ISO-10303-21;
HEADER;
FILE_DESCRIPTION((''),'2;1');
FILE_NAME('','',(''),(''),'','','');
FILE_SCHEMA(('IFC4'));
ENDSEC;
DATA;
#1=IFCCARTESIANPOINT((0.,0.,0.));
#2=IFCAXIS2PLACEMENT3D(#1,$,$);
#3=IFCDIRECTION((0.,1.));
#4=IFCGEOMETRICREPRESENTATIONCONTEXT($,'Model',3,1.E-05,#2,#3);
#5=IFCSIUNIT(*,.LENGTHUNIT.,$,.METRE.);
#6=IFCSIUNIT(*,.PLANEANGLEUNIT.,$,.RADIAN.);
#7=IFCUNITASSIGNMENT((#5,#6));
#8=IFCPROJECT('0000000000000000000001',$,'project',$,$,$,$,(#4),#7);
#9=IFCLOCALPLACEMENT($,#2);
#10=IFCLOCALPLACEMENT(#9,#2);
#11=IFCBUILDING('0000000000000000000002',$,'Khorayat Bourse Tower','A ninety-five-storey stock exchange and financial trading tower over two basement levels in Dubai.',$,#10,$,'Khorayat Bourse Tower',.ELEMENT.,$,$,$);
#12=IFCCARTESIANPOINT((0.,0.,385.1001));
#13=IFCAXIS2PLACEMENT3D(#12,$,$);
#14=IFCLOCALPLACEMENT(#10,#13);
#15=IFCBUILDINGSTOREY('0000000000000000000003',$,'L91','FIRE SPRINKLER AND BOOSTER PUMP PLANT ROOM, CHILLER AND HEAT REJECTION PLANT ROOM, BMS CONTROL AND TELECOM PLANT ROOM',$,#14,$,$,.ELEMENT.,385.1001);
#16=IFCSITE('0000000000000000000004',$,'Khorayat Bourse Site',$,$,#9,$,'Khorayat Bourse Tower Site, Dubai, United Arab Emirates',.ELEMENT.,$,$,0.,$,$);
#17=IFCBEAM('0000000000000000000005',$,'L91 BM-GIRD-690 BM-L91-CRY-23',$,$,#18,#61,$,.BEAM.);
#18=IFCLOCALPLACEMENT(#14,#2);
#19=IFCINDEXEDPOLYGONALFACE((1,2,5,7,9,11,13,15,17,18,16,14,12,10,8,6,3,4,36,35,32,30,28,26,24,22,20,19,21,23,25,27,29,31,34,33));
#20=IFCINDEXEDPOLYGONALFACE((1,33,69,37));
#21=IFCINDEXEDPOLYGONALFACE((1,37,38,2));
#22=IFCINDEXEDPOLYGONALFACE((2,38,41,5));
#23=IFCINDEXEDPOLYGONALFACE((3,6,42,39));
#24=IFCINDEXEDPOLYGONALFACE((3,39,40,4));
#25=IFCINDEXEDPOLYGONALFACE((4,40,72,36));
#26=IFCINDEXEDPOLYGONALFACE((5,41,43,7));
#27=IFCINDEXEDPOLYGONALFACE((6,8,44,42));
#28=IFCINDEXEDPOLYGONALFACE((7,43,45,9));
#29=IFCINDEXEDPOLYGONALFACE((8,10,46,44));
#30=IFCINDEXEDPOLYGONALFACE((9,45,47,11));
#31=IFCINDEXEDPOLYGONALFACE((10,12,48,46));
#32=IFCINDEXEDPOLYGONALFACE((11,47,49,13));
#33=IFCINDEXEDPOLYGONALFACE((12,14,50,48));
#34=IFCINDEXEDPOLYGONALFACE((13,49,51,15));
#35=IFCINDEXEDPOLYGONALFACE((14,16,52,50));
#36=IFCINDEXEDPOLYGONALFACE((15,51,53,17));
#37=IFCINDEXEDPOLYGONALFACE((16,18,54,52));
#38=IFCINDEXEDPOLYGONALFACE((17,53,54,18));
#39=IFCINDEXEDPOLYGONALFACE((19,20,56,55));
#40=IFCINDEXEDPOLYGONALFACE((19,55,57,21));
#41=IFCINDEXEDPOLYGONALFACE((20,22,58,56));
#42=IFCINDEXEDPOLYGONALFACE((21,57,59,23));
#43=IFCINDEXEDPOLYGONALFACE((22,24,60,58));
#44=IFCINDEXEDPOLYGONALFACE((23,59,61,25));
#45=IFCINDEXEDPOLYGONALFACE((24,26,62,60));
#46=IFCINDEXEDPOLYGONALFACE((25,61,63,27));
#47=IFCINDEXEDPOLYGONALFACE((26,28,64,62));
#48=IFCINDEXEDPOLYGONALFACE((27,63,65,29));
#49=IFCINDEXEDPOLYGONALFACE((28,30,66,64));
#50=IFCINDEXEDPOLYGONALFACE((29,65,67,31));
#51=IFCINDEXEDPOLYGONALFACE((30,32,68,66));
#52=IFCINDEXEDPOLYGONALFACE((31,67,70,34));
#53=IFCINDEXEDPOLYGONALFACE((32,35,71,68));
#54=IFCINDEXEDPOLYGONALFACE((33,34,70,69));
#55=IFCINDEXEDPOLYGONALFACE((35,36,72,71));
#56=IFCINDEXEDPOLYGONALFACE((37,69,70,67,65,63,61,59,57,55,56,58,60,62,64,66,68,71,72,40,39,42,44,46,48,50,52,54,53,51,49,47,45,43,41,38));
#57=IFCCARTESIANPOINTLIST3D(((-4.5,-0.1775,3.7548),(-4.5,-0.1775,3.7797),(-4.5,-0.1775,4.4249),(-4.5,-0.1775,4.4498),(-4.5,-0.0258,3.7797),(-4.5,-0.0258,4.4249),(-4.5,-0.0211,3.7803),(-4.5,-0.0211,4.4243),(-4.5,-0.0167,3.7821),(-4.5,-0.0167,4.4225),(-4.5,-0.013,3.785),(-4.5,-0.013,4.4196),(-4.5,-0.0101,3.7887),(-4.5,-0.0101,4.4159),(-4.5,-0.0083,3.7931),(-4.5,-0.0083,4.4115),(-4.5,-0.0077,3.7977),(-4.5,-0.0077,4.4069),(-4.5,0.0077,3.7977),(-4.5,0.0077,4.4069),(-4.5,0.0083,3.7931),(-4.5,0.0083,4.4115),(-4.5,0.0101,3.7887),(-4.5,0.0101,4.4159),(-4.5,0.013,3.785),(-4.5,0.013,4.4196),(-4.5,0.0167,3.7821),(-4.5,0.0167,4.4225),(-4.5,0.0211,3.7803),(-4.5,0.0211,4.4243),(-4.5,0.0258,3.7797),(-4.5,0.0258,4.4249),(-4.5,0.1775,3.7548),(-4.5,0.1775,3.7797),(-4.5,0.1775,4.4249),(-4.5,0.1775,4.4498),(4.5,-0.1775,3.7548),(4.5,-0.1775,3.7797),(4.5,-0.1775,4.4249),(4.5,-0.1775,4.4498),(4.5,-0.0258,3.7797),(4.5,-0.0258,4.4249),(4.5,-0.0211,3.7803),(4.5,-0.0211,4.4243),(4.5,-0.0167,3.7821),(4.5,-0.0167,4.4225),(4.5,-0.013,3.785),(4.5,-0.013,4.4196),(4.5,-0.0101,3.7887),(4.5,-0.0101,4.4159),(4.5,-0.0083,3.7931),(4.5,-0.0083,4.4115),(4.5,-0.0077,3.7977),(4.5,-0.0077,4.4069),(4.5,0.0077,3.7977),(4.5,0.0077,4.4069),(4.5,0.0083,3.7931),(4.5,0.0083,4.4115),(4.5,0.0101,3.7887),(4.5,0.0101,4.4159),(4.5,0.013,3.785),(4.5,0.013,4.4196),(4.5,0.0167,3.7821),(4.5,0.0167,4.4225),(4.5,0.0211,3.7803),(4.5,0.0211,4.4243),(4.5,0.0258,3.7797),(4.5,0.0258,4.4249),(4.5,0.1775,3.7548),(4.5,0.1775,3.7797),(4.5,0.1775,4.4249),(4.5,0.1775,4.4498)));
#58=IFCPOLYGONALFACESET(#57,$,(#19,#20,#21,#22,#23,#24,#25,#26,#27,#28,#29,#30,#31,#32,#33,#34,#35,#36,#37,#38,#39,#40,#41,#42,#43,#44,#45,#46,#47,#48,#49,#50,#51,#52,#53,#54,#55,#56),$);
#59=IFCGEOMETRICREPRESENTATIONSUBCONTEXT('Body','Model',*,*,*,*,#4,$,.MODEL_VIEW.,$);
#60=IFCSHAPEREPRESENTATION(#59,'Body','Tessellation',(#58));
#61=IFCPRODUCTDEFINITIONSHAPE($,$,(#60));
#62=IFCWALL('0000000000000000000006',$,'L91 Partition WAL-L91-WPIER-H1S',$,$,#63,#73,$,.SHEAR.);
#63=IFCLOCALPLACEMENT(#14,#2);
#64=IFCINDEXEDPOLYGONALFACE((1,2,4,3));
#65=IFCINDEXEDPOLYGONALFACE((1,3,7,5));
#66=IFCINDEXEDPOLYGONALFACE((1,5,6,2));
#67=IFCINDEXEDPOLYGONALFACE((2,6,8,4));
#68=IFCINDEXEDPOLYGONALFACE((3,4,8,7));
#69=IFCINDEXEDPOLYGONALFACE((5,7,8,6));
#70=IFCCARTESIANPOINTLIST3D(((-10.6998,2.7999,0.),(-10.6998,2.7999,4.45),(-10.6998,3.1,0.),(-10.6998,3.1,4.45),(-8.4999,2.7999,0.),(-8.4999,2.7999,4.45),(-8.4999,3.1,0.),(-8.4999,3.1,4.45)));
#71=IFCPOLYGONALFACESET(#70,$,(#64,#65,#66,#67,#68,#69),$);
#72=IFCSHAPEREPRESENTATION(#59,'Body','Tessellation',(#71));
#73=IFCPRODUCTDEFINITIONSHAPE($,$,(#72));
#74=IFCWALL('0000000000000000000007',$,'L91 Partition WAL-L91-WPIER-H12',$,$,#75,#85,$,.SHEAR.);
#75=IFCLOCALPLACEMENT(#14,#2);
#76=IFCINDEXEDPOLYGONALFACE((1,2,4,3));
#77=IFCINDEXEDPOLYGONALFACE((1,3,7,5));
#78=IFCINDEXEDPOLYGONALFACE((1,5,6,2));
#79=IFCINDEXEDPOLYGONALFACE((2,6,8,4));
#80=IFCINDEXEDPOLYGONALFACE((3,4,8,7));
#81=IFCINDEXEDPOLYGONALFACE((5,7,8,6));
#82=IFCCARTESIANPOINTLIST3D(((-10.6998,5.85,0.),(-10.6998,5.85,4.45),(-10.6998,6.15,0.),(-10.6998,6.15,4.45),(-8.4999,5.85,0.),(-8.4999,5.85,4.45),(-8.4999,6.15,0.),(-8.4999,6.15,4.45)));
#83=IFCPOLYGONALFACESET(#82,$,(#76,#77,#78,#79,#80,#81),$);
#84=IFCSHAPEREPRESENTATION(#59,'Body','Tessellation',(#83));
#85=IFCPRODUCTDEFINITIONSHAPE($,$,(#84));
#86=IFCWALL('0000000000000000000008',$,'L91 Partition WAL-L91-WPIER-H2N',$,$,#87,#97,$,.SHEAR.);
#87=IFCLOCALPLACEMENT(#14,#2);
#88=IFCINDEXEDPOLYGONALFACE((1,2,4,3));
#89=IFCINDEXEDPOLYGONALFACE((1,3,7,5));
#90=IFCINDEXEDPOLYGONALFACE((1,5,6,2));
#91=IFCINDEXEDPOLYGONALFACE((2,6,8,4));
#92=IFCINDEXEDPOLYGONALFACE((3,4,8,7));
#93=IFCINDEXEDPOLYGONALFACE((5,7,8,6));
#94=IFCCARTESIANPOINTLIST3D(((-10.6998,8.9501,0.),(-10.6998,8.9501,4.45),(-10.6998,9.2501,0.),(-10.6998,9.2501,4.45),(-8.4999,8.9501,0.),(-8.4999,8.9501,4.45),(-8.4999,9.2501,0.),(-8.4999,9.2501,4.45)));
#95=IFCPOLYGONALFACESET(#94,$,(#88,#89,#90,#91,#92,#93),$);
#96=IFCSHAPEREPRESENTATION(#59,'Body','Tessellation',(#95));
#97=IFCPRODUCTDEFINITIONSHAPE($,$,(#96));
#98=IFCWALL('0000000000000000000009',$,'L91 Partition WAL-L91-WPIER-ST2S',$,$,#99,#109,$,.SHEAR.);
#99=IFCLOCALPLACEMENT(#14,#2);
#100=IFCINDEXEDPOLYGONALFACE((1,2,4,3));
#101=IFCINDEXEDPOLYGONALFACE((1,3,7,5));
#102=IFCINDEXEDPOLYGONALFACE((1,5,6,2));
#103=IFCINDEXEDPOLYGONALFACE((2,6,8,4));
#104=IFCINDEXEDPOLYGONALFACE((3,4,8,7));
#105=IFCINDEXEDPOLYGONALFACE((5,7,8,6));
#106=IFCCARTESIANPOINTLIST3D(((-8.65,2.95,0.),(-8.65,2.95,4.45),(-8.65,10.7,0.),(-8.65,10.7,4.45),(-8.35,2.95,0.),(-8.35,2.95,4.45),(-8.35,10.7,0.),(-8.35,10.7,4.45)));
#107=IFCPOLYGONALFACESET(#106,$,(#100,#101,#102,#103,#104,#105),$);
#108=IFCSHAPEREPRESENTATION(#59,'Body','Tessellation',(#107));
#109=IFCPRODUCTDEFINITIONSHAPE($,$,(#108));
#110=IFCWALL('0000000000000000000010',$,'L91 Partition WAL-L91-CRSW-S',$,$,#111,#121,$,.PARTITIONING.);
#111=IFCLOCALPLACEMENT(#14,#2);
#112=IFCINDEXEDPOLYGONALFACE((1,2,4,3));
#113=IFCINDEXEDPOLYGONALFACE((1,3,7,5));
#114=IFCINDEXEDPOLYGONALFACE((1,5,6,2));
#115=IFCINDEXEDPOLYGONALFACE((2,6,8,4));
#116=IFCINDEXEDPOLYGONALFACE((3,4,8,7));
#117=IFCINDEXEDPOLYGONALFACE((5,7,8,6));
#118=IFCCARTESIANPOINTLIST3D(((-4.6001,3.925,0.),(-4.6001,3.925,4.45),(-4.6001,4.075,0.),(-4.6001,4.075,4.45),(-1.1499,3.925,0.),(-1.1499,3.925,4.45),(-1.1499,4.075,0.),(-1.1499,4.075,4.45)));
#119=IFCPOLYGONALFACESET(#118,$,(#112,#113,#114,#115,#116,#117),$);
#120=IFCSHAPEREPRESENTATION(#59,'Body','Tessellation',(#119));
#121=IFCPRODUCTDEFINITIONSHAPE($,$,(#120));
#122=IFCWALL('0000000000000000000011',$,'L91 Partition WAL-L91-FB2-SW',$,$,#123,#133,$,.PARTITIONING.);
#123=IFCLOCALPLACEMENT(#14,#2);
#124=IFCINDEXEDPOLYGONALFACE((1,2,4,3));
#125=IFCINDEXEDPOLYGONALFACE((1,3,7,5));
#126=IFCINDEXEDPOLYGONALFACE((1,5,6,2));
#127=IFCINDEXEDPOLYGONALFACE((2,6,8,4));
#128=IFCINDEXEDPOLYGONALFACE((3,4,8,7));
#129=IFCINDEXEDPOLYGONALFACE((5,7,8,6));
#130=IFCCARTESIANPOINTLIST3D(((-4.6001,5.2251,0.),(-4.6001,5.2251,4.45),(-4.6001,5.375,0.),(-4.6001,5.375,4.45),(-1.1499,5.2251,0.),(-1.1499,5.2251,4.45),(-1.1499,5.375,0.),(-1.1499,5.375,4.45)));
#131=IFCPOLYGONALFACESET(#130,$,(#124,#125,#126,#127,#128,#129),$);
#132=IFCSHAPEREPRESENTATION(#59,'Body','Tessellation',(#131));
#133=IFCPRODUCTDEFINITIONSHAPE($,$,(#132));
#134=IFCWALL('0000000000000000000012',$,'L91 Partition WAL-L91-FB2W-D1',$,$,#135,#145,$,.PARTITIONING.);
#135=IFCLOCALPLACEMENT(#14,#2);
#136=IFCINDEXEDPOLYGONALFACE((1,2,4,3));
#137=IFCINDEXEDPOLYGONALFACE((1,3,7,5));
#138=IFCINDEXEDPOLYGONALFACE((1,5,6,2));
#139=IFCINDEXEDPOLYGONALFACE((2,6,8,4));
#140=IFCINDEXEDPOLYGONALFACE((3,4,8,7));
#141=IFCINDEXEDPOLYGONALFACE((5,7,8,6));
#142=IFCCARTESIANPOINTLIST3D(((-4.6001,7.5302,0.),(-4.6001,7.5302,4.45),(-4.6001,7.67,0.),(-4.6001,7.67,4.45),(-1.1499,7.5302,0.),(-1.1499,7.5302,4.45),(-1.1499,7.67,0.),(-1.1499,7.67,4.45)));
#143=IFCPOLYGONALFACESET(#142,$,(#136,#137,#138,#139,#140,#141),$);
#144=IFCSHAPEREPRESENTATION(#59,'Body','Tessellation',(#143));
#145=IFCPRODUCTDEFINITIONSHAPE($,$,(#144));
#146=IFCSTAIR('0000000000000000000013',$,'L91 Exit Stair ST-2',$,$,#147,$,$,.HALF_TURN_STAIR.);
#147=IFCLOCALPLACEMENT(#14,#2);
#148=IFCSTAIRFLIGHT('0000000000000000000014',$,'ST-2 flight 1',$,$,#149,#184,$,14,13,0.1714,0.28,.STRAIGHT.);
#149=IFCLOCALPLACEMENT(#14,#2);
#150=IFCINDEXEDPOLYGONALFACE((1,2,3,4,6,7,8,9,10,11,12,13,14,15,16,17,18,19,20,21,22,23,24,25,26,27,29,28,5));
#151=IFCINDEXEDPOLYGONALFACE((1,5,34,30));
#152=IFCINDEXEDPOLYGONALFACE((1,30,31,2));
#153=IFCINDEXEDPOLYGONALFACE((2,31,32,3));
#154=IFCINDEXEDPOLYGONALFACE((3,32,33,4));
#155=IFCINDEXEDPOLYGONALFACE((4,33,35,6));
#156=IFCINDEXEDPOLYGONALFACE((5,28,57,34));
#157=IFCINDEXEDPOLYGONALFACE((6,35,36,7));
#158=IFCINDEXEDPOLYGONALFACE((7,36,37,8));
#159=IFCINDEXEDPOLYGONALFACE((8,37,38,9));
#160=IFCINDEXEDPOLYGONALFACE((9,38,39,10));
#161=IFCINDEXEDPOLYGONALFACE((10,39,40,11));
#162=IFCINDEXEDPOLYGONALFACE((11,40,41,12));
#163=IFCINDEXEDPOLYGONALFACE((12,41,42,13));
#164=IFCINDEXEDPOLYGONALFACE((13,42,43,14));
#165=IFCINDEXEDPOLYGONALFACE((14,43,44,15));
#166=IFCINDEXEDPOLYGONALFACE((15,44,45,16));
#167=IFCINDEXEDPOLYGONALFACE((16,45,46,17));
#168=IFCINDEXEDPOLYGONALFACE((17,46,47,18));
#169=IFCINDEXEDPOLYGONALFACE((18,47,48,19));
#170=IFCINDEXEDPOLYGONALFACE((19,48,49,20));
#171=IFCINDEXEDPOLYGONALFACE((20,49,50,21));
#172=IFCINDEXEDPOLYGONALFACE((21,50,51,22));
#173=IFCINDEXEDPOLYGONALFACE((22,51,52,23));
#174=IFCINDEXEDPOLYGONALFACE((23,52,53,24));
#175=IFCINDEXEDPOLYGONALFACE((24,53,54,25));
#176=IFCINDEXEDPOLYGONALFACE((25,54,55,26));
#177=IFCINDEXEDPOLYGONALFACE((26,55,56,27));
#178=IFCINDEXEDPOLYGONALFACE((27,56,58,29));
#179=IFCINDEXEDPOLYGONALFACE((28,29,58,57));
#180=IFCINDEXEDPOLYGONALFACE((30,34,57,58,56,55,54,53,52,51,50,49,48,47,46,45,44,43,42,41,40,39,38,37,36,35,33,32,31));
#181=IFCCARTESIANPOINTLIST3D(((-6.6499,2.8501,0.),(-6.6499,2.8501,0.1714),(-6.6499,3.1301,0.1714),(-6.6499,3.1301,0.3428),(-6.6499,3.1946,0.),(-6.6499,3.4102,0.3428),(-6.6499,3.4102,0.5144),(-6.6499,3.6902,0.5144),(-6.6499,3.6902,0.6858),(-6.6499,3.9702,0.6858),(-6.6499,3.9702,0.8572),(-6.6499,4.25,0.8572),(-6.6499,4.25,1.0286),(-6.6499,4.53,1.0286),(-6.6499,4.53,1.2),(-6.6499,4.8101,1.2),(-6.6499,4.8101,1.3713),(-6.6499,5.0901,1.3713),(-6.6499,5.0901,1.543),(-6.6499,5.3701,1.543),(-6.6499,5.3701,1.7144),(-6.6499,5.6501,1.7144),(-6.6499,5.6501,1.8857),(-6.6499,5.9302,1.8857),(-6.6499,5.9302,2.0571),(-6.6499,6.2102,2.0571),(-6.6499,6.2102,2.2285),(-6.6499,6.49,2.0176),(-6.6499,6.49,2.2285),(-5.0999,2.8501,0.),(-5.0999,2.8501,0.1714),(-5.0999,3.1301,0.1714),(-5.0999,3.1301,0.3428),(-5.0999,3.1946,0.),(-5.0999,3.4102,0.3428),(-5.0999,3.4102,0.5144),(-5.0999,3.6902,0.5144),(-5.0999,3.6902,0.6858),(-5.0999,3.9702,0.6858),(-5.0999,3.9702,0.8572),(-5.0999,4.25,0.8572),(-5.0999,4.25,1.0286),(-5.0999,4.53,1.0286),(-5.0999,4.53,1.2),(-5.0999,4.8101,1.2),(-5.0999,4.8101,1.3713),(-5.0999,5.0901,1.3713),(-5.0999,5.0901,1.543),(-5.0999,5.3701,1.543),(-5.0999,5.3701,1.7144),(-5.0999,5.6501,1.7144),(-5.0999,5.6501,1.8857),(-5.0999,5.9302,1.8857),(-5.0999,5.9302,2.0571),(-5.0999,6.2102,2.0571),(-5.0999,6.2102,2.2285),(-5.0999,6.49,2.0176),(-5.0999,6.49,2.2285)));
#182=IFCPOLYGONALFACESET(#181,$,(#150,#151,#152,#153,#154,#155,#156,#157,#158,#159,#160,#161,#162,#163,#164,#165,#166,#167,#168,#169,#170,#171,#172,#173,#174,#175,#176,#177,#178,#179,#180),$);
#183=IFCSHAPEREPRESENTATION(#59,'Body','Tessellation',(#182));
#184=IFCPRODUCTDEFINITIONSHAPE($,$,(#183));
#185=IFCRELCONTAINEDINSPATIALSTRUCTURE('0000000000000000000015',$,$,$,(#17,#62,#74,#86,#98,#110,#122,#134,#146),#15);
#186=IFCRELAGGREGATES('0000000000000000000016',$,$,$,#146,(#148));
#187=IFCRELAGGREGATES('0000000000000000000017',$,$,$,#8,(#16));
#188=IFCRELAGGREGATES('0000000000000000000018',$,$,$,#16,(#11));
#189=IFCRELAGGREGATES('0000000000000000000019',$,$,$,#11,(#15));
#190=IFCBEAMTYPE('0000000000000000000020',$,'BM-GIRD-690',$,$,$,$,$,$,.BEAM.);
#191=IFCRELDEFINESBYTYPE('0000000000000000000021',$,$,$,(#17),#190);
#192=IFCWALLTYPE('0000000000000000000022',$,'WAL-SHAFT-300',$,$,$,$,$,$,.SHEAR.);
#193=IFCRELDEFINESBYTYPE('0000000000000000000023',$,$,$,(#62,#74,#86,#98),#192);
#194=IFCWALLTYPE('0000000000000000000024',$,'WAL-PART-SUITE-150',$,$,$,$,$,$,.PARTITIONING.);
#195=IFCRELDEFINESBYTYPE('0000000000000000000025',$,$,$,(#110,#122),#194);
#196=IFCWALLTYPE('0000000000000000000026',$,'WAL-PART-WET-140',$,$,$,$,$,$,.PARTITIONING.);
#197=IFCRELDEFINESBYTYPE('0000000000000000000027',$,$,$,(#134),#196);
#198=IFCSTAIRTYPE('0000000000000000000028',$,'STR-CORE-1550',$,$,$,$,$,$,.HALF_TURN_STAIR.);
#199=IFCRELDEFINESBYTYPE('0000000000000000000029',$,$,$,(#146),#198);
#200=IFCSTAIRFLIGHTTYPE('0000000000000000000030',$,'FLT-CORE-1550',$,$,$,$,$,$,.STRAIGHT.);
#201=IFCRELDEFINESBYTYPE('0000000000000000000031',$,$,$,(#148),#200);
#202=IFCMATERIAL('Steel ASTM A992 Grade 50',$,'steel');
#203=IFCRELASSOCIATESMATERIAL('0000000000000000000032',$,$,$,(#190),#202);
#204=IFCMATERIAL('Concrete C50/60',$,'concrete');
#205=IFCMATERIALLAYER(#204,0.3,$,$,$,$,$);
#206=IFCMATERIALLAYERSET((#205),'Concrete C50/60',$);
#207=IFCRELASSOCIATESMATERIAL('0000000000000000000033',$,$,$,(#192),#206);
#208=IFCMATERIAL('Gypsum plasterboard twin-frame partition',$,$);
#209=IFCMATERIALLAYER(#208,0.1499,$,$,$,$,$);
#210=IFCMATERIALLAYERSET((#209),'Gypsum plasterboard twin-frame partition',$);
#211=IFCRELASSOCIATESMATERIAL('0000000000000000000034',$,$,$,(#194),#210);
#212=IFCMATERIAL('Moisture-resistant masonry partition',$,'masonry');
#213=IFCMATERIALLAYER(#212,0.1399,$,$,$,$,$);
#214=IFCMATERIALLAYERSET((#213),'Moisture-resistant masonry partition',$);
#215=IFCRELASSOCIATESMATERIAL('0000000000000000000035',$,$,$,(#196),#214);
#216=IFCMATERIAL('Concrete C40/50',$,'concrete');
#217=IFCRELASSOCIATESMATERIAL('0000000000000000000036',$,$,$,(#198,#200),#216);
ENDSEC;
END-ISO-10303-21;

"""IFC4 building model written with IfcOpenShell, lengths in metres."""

from ifc_helpers import new_model, si_unit, direction, frame, frame_2d, origin, origin_2d, place, context, subcontext, project, spatial, polyline, rectangle, i_section, outline, extrude, source, transform, mapped, material, layer, layer_set, material_profile, profile_set, type_object, element, aggregate, save


model = new_model("IFC4")

# Units and contexts
model_context = context("Model", 3, precision=1e-05, world=origin(), true_north=direction((0.0, 1.0)))
body_context = subcontext(model_context, "Body", "Model", "MODEL_VIEW")
ifc_project = project(units=[si_unit("LENGTHUNIT", "METRE"), si_unit("PLANEANGLEUNIT", "RADIAN")], contexts=[model_context])

# Site, building, storey
site_placement = place(None, origin())
site = spatial("IfcSite", under=ifc_project, at=site_placement, Name="Khorayat Bourse Site", LongName="Khorayat Bourse Tower Site, Dubai, United Arab Emirates", CompositionType="ELEMENT", RefElevation=0.0)
building_placement = place(site_placement, origin())
building = spatial("IfcBuilding", under=site, at=building_placement, Name="Khorayat Bourse Tower", Description="A ninety-five-storey stock exchange and financial trading tower over two basement levels in Dubai.", LongName="Khorayat Bourse Tower", CompositionType="ELEMENT")
storey_placement = place(building_placement, frame((0.0, 0.0, 385.1001)))
storey = spatial("IfcBuildingStorey", under=building, at=storey_placement, Name="L91", Description="FIRE SPRINKLER AND BOOSTER PUMP PLANT ROOM, CHILLER AND HEAT REJECTION PLANT ROOM, BMS CONTROL AND TELECOM PLANT ROOM", CompositionType="ELEMENT", Elevation=385.1001)

# Beam
ifc_material_1 = material(Name="Steel ASTM A992 Grade 50", Category="steel")
ifc_material_profile_1 = material_profile(ifc_material_1, i_section(OverallWidth=0.355, OverallDepth=0.6951, WebThickness=0.0154, FlangeThickness=0.0249, FilletRadius=0.0181, at=origin_2d()), Name="W690X217")
ifc_profile_set_1 = profile_set([ifc_material_profile_1], Name="Steel ASTM A992 Grade 50")
beam_type = type_object("IfcBeamType", Name="BM-GIRD-690", PredefinedType="BEAM", material=ifc_profile_set_1)
shared_shape_1 = source(origin(), body_context, "Body", "SweptSolid", [
    extrude(i_section(OverallWidth=0.355, OverallDepth=0.6951, WebThickness=0.0154, FlangeThickness=0.0249, FilletRadius=0.0181, at=origin_2d()), origin(), (0.0, 0.0, 1.0), 9.0),
])
beam_1_placement = place(storey_placement, frame((-4.5, 0.0, 4.1023), z_axis=(1.0, 0.0, 0.0), x_axis=(0.0, 1.0, 0.0)))
element("IfcBeam", 1, at=beam_1_placement, inside=storey, type_object=beam_type, Name="L91 BM-GIRD-690 BM-L91-CRY-23", PredefinedType="BEAM", context=body_context, shape_type="MappedRepresentation", body=[
    mapped(shared_shape_1, transform((0.0, 0.0, 0.0), scale=1.0)),
])

# Walls
ifc_material_2 = material(Name="Concrete C50/60", Category="concrete")
ifc_layer_1 = layer(ifc_material_2, 0.3)
ifc_layer_set_1 = layer_set([ifc_layer_1], Name="Concrete C50/60")
wall_type_1 = type_object("IfcWallType", Name="WAL-SHAFT-300", PredefinedType="SHEAR", material=ifc_layer_set_1)
shared_shape_2 = source(origin(), body_context, "Body", "SweptSolid", [
    extrude(rectangle(XDim=2.2, YDim=0.3, at=frame_2d((1.1001, 0.0))), origin(), (0.0, 0.0, 1.0), 4.45),
])
for number, where, z_axis, x_axis, name in (
    (2, (-10.7, 2.95, 0.0), (0.0, 0.0, 1.0), (1.0, 0.0, 0.0), "L91 Partition WAL-L91-WPIER-H1S"),
    (3, (-10.7, 6.0, 0.0), (0.0, 0.0, 1.0), (1.0, 0.0, 0.0), "L91 Partition WAL-L91-WPIER-H12"),
    (4, (-10.7, 9.1001, 0.0), (0.0, 0.0, 1.0), (1.0, 0.0, 0.0), "L91 Partition WAL-L91-WPIER-H2N"),
):
    element("IfcWall", number, at=place(storey_placement, frame(where, z_axis=z_axis, x_axis=x_axis)), inside=storey, type_object=wall_type_1, Name=name, PredefinedType="SHEAR", context=body_context, shape_type="MappedRepresentation", body=[
        mapped(shared_shape_2, transform((0.0, 0.0, 0.0), scale=1.0)),
    ])
shared_shape_3 = source(origin(), body_context, "Body", "SweptSolid", [
    extrude(rectangle(XDim=7.75, YDim=0.3, at=frame_2d((3.875, 0.0))), origin(), (0.0, 0.0, 1.0), 4.45),
])
wall_1_placement = place(storey_placement, frame((-8.5, 2.95, 0.0), z_axis=(0.0, 0.0, 1.0), x_axis=(0.0, 1.0, 0.0)))
element("IfcWall", 5, at=wall_1_placement, inside=storey, type_object=wall_type_1, Name="L91 Partition WAL-L91-WPIER-ST2S", PredefinedType="SHEAR", context=body_context, shape_type="MappedRepresentation", body=[
    mapped(shared_shape_3, transform((0.0, 0.0, 0.0), scale=1.0)),
])
ifc_material_3 = material(Name="Gypsum plasterboard twin-frame partition")
ifc_layer_2 = layer(ifc_material_3, 0.1499)
ifc_layer_set_2 = layer_set([ifc_layer_2], Name="Gypsum plasterboard twin-frame partition")
wall_type_2 = type_object("IfcWallType", Name="WAL-PART-SUITE-150", PredefinedType="PARTITIONING", material=ifc_layer_set_2)
shared_shape_4 = source(origin(), body_context, "Body", "SweptSolid", [
    extrude(rectangle(XDim=3.4502, YDim=0.1499, at=frame_2d((1.7251, 0.0))), origin(), (0.0, 0.0, 1.0), 4.45),
])
for number, where, z_axis, x_axis, name in (
    (6, (-4.6001, 4.0, 0.0), (0.0, 0.0, 1.0), (1.0, 0.0, 0.0), "L91 Partition WAL-L91-CRSW-S"),
    (7, (-4.6001, 5.3, 0.0), (0.0, 0.0, 1.0), (1.0, 0.0, 0.0), "L91 Partition WAL-L91-FB2-SW"),
):
    element("IfcWall", number, at=place(storey_placement, frame(where, z_axis=z_axis, x_axis=x_axis)), inside=storey, type_object=wall_type_2, Name=name, PredefinedType="PARTITIONING", context=body_context, shape_type="MappedRepresentation", body=[
        mapped(shared_shape_4, transform((0.0, 0.0, 0.0), scale=1.0)),
    ])
ifc_material_4 = material(Name="Moisture-resistant masonry partition", Category="masonry")
ifc_layer_3 = layer(ifc_material_4, 0.1399)
ifc_layer_set_3 = layer_set([ifc_layer_3], Name="Moisture-resistant masonry partition")
wall_type_3 = type_object("IfcWallType", Name="WAL-PART-WET-140", PredefinedType="PARTITIONING", material=ifc_layer_set_3)
shared_shape_5 = source(origin(), body_context, "Body", "SweptSolid", [
    extrude(rectangle(XDim=3.4502, YDim=0.1399, at=frame_2d((1.7251, 0.0))), origin(), (0.0, 0.0, 1.0), 4.45),
])
wall_2_placement = place(storey_placement, frame((-4.6001, 7.6001, 0.0), z_axis=(0.0, 0.0, 1.0), x_axis=(1.0, 0.0, 0.0)))
element("IfcWall", 8, at=wall_2_placement, inside=storey, type_object=wall_type_3, Name="L91 Partition WAL-L91-FB2W-D1", PredefinedType="PARTITIONING", context=body_context, shape_type="MappedRepresentation", body=[
    mapped(shared_shape_5, transform((0.0, 0.0, 0.0), scale=1.0)),
])

# Stair, stair flight
ifc_material_5 = material(Name="Concrete C40/50", Category="concrete")
stair_type = type_object("IfcStairType", Name="STR-CORE-1550", PredefinedType="HALF_TURN_STAIR", material=ifc_material_5)
stair_placement = place(storey_placement, origin())
stair = element("IfcStair", 9, at=stair_placement, inside=storey, type_object=stair_type, Name="L91 Exit Stair ST-2", PredefinedType="HALF_TURN_STAIR")
stair_flight_type = type_object("IfcStairFlightType", Name="FLT-CORE-1550", PredefinedType="STRAIGHT", material=ifc_material_5)
shared_shape_6 = source(origin(), body_context, "Body", "SweptSolid", [
    extrude(outline(polyline([(0.0, 0.0), (0.0, 0.1714), (0.28, 0.1714), (0.28, 0.3428), (0.5601, 0.3428), (0.5601, 0.5144), (0.8401, 0.5144), (0.8401, 0.6858), (1.1201, 0.6858), (1.1201, 0.8572), (1.3999, 0.8572), (1.3999, 1.0286), (1.6799, 1.0286), (1.6799, 1.2), (1.96, 1.2), (1.96, 1.3713), (2.24, 1.3713), (2.24, 1.543), (2.52, 1.543), (2.52, 1.7144), (2.8, 1.7144), (2.8, 1.8857), (3.0801, 1.8857), (3.0801, 2.0571), (3.3601, 2.0571), (3.3601, 2.2285), (3.6399, 2.2285), (3.6399, 2.3999), (3.6399, 2.0176), (0.3445, 0.0), (0.0, 0.0)])), frame((0.0, 0.7749, 0.0), z_axis=(0.0, -1.0, 0.0), x_axis=(1.0, 0.0, 0.0)), (0.0, 0.0, 1.0), 1.55),
])
stair_flight_1_placement = place(storey_placement, frame((-5.875, 2.8501, 0.0), z_axis=(0.0, 0.0, 1.0), x_axis=(0.0, 1.0, 0.0)))
stair_flight_1 = element("IfcStairFlight", 10, at=stair_flight_1_placement, type_object=stair_flight_type, Name="ST-2 flight 1", NumberOfRisers=14, NumberOfTreads=13, PredefinedType="STRAIGHT", RiserHeight=0.1714, TreadLength=0.28, context=body_context, shape_type="MappedRepresentation", body=[
    mapped(shared_shape_6, transform((0.0, 0.0, 0.0), scale=1.0)),
])
aggregate(stair, [stair_flight_1])

save(model, "model.ifc")
